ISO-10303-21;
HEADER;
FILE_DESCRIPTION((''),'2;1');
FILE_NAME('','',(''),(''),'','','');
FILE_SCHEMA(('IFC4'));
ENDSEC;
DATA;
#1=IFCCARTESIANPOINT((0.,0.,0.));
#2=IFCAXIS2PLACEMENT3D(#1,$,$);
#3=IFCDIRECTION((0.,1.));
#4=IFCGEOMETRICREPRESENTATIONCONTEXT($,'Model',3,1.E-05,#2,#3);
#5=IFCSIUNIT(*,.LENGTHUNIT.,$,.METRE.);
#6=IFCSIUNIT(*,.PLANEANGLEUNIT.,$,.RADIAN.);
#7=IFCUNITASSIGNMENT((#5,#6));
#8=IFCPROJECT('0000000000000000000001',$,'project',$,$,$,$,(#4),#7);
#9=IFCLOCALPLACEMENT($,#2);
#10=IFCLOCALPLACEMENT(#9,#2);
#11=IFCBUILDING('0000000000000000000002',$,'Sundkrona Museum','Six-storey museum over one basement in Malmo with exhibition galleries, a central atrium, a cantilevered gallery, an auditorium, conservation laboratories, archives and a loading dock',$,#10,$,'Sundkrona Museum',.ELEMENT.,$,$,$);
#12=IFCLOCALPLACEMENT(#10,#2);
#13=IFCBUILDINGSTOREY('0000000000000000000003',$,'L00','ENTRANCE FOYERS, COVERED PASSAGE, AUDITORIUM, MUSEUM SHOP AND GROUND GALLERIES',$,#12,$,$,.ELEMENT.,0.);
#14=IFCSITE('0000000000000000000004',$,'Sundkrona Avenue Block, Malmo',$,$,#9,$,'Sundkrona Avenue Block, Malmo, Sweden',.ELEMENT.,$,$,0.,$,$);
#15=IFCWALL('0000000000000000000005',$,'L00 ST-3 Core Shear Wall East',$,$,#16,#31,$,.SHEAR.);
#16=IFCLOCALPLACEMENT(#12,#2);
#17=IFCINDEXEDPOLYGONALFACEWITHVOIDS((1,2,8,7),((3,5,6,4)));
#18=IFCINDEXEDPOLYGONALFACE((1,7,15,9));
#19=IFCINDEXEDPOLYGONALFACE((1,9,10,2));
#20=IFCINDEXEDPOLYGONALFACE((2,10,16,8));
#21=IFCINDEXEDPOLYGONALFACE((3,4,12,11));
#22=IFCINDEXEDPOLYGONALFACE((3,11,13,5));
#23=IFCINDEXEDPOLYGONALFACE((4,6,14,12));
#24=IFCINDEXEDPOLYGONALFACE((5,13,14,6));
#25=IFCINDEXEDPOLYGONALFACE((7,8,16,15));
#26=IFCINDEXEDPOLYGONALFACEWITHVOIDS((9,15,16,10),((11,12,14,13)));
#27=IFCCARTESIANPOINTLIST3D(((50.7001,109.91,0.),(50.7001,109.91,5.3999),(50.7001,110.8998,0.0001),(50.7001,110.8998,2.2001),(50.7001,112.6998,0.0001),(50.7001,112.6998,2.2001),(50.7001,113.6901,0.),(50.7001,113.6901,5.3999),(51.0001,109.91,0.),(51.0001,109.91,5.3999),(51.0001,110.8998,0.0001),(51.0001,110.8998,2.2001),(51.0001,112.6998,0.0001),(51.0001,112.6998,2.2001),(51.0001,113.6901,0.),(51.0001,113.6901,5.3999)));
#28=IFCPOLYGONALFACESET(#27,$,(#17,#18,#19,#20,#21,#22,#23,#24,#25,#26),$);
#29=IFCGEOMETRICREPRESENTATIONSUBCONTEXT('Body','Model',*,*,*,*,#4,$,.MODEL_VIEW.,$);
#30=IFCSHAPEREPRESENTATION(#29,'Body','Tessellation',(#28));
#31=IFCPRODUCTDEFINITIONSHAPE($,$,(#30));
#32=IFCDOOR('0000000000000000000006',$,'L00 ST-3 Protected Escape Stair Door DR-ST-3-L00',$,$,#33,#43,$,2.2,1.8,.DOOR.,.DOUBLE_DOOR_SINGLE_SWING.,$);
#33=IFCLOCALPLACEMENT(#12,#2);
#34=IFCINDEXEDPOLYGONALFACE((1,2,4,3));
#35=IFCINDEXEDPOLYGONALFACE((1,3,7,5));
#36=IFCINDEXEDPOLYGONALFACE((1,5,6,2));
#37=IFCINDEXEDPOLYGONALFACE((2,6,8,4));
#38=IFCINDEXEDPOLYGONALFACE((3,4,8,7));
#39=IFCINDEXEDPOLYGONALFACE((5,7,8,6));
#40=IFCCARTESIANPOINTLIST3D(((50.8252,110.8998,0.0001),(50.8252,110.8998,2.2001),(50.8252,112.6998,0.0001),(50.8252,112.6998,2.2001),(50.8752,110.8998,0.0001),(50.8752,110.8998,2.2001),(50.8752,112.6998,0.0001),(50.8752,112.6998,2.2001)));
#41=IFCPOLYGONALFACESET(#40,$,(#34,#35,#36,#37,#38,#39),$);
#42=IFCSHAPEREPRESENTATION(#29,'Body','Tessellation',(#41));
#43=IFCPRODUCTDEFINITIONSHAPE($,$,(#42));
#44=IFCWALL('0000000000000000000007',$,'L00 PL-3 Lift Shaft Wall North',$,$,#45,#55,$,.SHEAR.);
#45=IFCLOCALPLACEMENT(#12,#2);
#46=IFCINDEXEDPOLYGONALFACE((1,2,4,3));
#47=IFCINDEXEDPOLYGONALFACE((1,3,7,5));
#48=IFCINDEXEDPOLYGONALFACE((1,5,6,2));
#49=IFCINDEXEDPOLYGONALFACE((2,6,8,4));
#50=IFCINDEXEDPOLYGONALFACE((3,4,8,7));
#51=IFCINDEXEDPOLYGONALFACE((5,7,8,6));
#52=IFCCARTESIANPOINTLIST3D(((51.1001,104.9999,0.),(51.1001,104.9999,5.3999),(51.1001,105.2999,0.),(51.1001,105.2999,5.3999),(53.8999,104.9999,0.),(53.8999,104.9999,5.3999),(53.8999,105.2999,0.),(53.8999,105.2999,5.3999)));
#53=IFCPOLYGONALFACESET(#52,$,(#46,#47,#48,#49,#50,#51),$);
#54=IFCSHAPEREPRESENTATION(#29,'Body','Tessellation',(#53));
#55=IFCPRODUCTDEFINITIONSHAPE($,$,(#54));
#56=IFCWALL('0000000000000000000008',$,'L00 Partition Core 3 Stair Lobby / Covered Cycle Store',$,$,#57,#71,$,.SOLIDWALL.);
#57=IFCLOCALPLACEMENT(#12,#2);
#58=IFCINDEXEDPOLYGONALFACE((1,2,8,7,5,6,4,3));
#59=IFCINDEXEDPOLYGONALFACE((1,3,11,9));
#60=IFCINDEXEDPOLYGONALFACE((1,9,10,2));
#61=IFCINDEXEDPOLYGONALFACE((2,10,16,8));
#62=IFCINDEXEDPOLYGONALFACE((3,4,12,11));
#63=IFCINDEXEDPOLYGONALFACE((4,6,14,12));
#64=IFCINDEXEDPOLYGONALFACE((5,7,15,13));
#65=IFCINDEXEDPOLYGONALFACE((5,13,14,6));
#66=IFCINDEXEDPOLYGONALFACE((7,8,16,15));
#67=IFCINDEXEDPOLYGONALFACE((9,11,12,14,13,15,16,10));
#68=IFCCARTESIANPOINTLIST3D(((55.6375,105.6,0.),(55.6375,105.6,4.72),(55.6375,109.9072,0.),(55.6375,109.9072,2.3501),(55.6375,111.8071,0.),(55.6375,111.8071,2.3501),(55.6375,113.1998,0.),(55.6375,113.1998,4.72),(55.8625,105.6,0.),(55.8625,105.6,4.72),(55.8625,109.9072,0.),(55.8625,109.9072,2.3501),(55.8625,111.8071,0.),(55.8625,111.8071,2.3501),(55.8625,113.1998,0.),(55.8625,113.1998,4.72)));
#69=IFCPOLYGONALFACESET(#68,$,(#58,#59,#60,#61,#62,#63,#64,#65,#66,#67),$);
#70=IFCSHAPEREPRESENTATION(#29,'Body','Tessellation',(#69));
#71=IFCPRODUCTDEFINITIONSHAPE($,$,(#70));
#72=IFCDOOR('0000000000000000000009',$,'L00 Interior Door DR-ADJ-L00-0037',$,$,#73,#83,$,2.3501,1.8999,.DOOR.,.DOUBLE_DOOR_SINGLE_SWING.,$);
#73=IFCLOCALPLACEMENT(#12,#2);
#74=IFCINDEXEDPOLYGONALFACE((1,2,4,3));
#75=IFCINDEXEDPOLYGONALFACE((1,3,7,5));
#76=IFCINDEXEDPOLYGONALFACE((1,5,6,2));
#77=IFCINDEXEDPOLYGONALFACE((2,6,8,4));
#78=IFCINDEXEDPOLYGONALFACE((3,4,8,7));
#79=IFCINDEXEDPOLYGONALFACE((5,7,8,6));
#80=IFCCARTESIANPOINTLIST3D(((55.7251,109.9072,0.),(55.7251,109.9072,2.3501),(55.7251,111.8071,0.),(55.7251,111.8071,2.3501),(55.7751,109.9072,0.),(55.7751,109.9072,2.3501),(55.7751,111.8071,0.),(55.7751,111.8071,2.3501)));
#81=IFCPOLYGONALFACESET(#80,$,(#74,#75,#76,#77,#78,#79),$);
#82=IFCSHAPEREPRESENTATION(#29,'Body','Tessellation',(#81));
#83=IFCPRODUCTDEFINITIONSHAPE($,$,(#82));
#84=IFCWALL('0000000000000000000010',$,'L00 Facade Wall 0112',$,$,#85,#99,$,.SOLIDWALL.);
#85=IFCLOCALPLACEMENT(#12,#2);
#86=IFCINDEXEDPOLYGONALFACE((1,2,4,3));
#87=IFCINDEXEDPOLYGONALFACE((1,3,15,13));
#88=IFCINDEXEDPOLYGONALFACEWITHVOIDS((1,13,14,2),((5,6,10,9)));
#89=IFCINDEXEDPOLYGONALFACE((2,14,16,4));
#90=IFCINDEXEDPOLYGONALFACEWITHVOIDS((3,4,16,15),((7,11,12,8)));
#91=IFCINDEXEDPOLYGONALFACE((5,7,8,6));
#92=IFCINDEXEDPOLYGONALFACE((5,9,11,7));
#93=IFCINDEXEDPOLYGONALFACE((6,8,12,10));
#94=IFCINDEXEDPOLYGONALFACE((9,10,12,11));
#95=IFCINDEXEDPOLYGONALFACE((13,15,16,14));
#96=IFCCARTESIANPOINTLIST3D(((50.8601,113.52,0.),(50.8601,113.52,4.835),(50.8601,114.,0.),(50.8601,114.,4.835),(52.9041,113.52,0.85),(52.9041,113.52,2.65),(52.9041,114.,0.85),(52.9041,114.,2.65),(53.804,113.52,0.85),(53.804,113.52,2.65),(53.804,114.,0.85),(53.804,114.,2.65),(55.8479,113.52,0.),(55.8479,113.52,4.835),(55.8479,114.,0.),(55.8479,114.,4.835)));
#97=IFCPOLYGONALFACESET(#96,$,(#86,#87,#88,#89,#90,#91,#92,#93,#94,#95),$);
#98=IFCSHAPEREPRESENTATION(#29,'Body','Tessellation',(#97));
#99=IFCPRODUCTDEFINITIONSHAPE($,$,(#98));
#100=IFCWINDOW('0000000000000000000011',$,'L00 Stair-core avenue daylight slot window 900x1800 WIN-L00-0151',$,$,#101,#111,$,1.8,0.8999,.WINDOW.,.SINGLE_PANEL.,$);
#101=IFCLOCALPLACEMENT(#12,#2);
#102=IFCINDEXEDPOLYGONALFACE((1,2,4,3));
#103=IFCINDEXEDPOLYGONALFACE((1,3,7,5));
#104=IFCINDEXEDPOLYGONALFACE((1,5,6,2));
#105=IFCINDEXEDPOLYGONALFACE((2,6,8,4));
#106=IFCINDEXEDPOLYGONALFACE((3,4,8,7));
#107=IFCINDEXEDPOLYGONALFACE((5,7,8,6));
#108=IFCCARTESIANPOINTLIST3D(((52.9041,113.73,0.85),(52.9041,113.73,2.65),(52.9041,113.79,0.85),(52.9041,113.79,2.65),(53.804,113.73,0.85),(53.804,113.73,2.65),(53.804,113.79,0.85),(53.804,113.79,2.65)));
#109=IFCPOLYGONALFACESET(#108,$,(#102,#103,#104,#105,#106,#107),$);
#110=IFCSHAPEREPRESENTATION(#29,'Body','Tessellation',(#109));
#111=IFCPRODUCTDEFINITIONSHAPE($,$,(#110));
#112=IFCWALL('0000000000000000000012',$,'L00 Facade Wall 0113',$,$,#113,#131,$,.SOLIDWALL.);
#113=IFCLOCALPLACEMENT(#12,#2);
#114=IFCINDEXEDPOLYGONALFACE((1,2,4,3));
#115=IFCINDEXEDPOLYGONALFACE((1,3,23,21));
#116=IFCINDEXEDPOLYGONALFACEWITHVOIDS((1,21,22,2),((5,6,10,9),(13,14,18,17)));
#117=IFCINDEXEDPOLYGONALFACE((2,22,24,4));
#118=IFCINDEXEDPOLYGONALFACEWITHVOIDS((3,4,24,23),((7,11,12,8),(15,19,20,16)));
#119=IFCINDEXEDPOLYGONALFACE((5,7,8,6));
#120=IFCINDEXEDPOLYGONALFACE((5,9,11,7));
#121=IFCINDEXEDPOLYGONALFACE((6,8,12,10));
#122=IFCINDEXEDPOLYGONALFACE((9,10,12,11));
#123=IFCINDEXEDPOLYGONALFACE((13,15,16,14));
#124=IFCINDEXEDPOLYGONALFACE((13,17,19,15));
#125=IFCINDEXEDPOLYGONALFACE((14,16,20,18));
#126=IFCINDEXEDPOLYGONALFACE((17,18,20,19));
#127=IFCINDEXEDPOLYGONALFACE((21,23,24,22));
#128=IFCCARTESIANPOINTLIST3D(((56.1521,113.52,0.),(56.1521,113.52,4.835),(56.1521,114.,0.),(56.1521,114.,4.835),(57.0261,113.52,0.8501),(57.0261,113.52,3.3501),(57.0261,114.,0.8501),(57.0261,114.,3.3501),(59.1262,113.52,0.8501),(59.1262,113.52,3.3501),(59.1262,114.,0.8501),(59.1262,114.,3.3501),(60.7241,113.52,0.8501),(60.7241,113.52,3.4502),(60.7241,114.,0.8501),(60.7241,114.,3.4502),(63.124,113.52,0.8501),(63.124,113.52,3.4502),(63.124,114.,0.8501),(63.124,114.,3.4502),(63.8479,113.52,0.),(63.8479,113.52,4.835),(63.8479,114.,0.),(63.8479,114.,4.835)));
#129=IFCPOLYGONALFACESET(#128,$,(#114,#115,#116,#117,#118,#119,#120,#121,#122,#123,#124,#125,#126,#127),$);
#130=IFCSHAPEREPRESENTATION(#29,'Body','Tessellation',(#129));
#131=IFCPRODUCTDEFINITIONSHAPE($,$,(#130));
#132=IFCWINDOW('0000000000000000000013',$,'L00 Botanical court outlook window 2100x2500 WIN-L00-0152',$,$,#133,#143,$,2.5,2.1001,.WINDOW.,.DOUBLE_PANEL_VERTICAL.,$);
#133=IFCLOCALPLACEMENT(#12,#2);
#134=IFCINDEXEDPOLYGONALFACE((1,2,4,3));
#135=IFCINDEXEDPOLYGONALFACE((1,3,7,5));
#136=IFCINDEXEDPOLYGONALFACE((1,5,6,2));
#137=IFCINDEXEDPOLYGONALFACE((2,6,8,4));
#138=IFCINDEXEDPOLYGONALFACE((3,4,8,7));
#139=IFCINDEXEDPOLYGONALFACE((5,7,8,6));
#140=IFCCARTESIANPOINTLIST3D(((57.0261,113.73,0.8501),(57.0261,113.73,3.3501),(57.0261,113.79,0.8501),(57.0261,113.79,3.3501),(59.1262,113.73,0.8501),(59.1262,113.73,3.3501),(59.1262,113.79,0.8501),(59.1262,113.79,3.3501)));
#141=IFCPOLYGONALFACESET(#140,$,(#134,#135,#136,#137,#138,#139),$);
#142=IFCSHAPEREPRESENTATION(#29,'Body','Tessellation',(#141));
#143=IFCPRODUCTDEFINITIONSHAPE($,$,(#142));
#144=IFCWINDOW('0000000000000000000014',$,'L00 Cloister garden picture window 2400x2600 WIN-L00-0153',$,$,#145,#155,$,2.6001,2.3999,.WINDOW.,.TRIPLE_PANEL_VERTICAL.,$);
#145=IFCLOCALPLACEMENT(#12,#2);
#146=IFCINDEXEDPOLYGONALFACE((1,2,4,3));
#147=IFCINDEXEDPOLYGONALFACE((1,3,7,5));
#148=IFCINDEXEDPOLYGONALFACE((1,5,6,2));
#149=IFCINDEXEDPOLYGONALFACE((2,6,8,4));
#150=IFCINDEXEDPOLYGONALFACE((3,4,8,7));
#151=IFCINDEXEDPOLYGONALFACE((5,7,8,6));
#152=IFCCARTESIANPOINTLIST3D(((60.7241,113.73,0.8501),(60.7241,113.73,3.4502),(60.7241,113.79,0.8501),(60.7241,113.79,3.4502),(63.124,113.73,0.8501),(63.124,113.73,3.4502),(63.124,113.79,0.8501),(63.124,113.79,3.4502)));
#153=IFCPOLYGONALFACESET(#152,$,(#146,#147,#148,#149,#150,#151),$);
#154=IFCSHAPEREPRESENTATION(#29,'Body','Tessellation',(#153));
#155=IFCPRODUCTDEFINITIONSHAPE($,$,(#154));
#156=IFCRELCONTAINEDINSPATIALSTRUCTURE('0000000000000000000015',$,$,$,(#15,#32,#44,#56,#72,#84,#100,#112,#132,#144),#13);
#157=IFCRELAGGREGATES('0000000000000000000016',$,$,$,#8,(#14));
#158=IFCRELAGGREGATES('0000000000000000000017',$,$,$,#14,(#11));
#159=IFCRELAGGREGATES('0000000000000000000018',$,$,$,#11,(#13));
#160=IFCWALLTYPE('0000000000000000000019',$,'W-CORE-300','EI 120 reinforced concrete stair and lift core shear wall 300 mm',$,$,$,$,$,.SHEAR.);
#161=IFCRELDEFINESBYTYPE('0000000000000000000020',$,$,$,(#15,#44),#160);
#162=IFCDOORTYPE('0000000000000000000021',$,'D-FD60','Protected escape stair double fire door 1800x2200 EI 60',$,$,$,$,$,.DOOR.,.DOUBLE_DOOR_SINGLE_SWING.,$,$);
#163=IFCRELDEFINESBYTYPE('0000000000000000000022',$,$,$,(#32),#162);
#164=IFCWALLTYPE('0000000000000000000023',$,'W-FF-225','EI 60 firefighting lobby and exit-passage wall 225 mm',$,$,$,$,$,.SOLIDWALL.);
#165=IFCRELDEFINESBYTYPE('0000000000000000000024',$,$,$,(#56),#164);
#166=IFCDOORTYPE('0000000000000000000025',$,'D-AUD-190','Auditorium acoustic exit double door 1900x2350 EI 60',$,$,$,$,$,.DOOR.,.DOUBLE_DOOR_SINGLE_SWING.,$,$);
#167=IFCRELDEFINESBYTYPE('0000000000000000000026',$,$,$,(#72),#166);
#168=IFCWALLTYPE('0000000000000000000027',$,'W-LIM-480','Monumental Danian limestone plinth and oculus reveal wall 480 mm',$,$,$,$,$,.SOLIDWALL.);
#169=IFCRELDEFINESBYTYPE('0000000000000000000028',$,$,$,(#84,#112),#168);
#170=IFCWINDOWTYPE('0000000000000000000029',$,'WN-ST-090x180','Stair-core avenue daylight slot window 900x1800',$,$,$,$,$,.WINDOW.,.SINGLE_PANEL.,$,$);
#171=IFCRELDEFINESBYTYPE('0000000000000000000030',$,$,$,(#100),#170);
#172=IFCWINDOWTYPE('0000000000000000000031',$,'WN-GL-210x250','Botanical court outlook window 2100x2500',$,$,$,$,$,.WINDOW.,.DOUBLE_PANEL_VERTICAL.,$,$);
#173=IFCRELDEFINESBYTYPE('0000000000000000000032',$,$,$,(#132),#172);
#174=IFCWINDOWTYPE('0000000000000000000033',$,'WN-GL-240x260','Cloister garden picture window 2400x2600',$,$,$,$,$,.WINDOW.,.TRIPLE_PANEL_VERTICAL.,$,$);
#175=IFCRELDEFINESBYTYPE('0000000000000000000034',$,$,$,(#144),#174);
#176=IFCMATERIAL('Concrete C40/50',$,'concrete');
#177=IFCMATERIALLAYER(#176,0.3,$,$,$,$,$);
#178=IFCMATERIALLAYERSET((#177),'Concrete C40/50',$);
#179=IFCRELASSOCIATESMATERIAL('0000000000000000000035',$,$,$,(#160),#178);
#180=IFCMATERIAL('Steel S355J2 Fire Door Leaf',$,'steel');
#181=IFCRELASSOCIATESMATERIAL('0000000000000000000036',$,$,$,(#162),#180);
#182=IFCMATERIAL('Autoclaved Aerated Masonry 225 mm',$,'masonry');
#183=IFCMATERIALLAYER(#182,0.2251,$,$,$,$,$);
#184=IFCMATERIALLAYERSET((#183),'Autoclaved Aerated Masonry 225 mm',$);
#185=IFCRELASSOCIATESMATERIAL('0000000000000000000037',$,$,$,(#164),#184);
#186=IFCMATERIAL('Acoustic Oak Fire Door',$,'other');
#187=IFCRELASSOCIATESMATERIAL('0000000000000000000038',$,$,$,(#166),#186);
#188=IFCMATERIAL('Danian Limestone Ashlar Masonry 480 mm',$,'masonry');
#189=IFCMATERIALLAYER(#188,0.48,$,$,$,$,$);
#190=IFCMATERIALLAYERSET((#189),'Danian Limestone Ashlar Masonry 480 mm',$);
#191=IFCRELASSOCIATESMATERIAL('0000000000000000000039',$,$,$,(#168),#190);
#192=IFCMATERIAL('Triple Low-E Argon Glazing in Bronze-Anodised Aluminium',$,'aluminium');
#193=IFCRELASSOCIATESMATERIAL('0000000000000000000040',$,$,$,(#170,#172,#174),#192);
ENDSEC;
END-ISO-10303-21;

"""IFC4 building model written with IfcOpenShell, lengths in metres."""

from ifc_helpers import new_model, si_unit, direction, frame, frame_2d, origin, place, context, subcontext, project, spatial, rectangle, extrude, material, layer, layer_set, type_object, element, fill, save


model = new_model("IFC4")

# Units and contexts
model_context = context("Model", 3, precision=1e-05, world=origin(), true_north=direction((0.0, 1.0)))
body_context = subcontext(model_context, "Body", "Model", "MODEL_VIEW")
ifc_project = project(units=[si_unit("LENGTHUNIT", "METRE"), si_unit("PLANEANGLEUNIT", "RADIAN")], contexts=[model_context])

# Site, building, storey
site_placement = place(None, origin())
site = spatial("IfcSite", under=ifc_project, at=site_placement, Name="Sundkrona Avenue Block, Malmo", LongName="Sundkrona Avenue Block, Malmo, Sweden", CompositionType="ELEMENT", RefElevation=0.0)
building_placement = place(site_placement, origin())
building = spatial("IfcBuilding", under=site, at=building_placement, Name="Sundkrona Museum", Description="Six-storey museum over one basement in Malmo with exhibition galleries, a central atrium, a cantilevered gallery, an auditorium, conservation laboratories, archives and a loading dock", LongName="Sundkrona Museum", CompositionType="ELEMENT")
storey_placement = place(building_placement, origin())
storey = spatial("IfcBuildingStorey", under=building, at=storey_placement, Name="L00", Description="ENTRANCE FOYERS, COVERED PASSAGE, AUDITORIUM, MUSEUM SHOP AND GROUND GALLERIES", CompositionType="ELEMENT", Elevation=0.0)

# Wall, opening, door
ifc_material_1 = material(Name="Concrete C40/50", Category="concrete")
ifc_layer_1 = layer(ifc_material_1, 0.3)
ifc_layer_set_1 = layer_set([ifc_layer_1], Name="Concrete C40/50")
wall_type_1 = type_object("IfcWallType", Name="W-CORE-300", Description="EI 120 reinforced concrete stair and lift core shear wall 300 mm", PredefinedType="SHEAR", material=ifc_layer_set_1)
wall_1_placement = place(storey_placement, frame((50.8501, 109.9099, 0.0), z_axis=(0.0, 0.0, 1.0), x_axis=(0.0, 1.0, 0.0)))
wall_1 = element("IfcWall", 1, at=wall_1_placement, inside=storey, type_object=wall_type_1, Name="L00 ST-3 Core Shear Wall East", PredefinedType="SHEAR", context=body_context, shape_type="SweptSolid", body=[
    extrude(rectangle(XDim=3.78, YDim=0.3, at=frame_2d((1.8901, 0.0))), origin(), (0.0, 0.0, 1.0), 5.3999),
])
opening_1_placement = place(wall_1_placement, frame((0.99, 0.0, 0.0)))
opening_1 = element("IfcOpeningElement", 2, at=opening_1_placement, cuts=wall_1, PredefinedType="OPENING", context=body_context, shape_type="SweptSolid", body=[
    extrude(rectangle(XDim=1.8, YDim=2.2, at=frame_2d((0.8999, 1.1001))), frame((0.0, 0.1599, 0.0), z_axis=(0.0, -1.0, 0.0), x_axis=(1.0, 0.0, 0.0)), (0.0, 0.0, 1.0), 0.3201),
])
ifc_material_2 = material(Name="Steel S355J2 Fire Door Leaf", Category="steel")
door_type_1 = type_object("IfcDoorType", Name="D-FD60", Description="Protected escape stair double fire door 1800x2200 EI 60", OperationType="DOUBLE_DOOR_SINGLE_SWING", PredefinedType="DOOR", material=ifc_material_2)
door_1_placement = place(opening_1_placement, origin())
door_1 = element("IfcDoor", 3, at=door_1_placement, inside=storey, type_object=door_type_1, Name="L00 ST-3 Protected Escape Stair Door DR-ST-3-L00", OperationType="DOUBLE_DOOR_SINGLE_SWING", OverallHeight=2.2, OverallWidth=1.8, PredefinedType="DOOR", context=body_context, shape_type="SweptSolid", body=[
    extrude(rectangle(XDim=1.8, YDim=2.2, at=frame_2d((0.8999, 1.1001))), frame((0.0, 0.0249, 0.0), z_axis=(0.0, -1.0, 0.0), x_axis=(1.0, 0.0, 0.0)), (0.0, 0.0, 1.0), 0.05),
])
fill(opening_1, door_1)

# Wall
wall_2_placement = place(storey_placement, frame((51.1001, 105.1499, 0.0), z_axis=(0.0, 0.0, 1.0), x_axis=(1.0, 0.0, 0.0)))
element("IfcWall", 4, at=wall_2_placement, inside=storey, type_object=wall_type_1, Name="L00 PL-3 Lift Shaft Wall North", PredefinedType="SHEAR", context=body_context, shape_type="SweptSolid", body=[
    extrude(rectangle(XDim=2.7998, YDim=0.3, at=frame_2d((1.3999, 0.0))), origin(), (0.0, 0.0, 1.0), 5.3999),
])

# Wall, opening, door
ifc_material_3 = material(Name="Autoclaved Aerated Masonry 225 mm", Category="masonry")
ifc_layer_2 = layer(ifc_material_3, 0.2251)
ifc_layer_set_2 = layer_set([ifc_layer_2], Name="Autoclaved Aerated Masonry 225 mm")
wall_type_2 = type_object("IfcWallType", Name="W-FF-225", Description="EI 60 firefighting lobby and exit-passage wall 225 mm", PredefinedType="SOLIDWALL", material=ifc_layer_set_2)
wall_3_placement = place(storey_placement, frame((55.75, 105.6001, 0.0), z_axis=(0.0, 0.0, 1.0), x_axis=(0.0, 1.0, 0.0)))
wall_3 = element("IfcWall", 5, at=wall_3_placement, inside=storey, type_object=wall_type_2, Name="L00 Partition Core 3 Stair Lobby / Covered Cycle Store", PredefinedType="SOLIDWALL", context=body_context, shape_type="SweptSolid", body=[
    extrude(rectangle(XDim=7.5999, YDim=0.2251, at=frame_2d((3.7998, 0.0))), origin(), (0.0, 0.0, 1.0), 4.72),
])
opening_2_placement = place(wall_3_placement, frame((4.3071, 0.0, 0.0)))
opening_2 = element("IfcOpeningElement", 6, at=opening_2_placement, cuts=wall_3, PredefinedType="OPENING", context=body_context, shape_type="SweptSolid", body=[
    extrude(rectangle(XDim=1.8999, YDim=2.3501, at=frame_2d((0.95, 1.175))), frame((0.0, 0.1226, 0.0), z_axis=(0.0, -1.0, 0.0), x_axis=(1.0, 0.0, 0.0)), (0.0, 0.0, 1.0), 0.2451),
])
ifc_material_4 = material(Name="Acoustic Oak Fire Door", Category="other")
door_type_2 = type_object("IfcDoorType", Name="D-AUD-190", Description="Auditorium acoustic exit double door 1900x2350 EI 60", OperationType="DOUBLE_DOOR_SINGLE_SWING", PredefinedType="DOOR", material=ifc_material_4)
door_2_placement = place(opening_2_placement, origin())
door_2 = element("IfcDoor", 7, at=door_2_placement, inside=storey, type_object=door_type_2, Name="L00 Interior Door DR-ADJ-L00-0037", OperationType="DOUBLE_DOOR_SINGLE_SWING", OverallHeight=2.3501, OverallWidth=1.8999, PredefinedType="DOOR", context=body_context, shape_type="SweptSolid", body=[
    extrude(rectangle(XDim=1.8999, YDim=2.3501, at=frame_2d((0.95, 1.175))), frame((0.0, 0.0249, 0.0), z_axis=(0.0, -1.0, 0.0), x_axis=(1.0, 0.0, 0.0)), (0.0, 0.0, 1.0), 0.05),
])
fill(opening_2, door_2)

# Wall, opening, window
ifc_material_5 = material(Name="Danian Limestone Ashlar Masonry 480 mm", Category="masonry")
ifc_layer_3 = layer(ifc_material_5, 0.48)
ifc_layer_set_3 = layer_set([ifc_layer_3], Name="Danian Limestone Ashlar Masonry 480 mm")
wall_type_3 = type_object("IfcWallType", Name="W-LIM-480", Description="Monumental Danian limestone plinth and oculus reveal wall 480 mm", PredefinedType="SOLIDWALL", material=ifc_layer_set_3)
wall_4_placement = place(storey_placement, frame((50.8601, 113.76, 0.0), z_axis=(0.0, 0.0, 1.0), x_axis=(1.0, 0.0, 0.0)))
wall_4 = element("IfcWall", 8, at=wall_4_placement, inside=storey, type_object=wall_type_3, Name="L00 Facade Wall 0112", PredefinedType="SOLIDWALL", context=body_context, shape_type="SweptSolid", body=[
    extrude(rectangle(XDim=4.9878, YDim=0.48, at=frame_2d((2.4939, 0.0))), origin(), (0.0, 0.0, 1.0), 4.835),
])
opening_3_placement = place(wall_4_placement, frame((2.0439, 0.0, 0.8501)))
opening_3 = element("IfcOpeningElement", 9, at=opening_3_placement, cuts=wall_4, PredefinedType="OPENING", context=body_context, shape_type="SweptSolid", body=[
    extrude(rectangle(XDim=0.8999, YDim=1.8, at=frame_2d((0.45, 0.8999))), frame((0.0, 0.25, 0.0), z_axis=(0.0, -1.0, 0.0), x_axis=(1.0, 0.0, 0.0)), (0.0, 0.0, 1.0), 0.5),
])
ifc_material_6 = material(Name="Triple Low-E Argon Glazing in Bronze-Anodised Aluminium", Category="aluminium")
window_type_1 = type_object("IfcWindowType", Name="WN-ST-090x180", Description="Stair-core avenue daylight slot window 900x1800", PartitioningType="SINGLE_PANEL", PredefinedType="WINDOW", material=ifc_material_6)
window_1_placement = place(opening_3_placement, origin())
window_1 = element("IfcWindow", 10, at=window_1_placement, inside=storey, type_object=window_type_1, Name="L00 Stair-core avenue daylight slot window 900x1800 WIN-L00-0151", OverallHeight=1.8, OverallWidth=0.8999, PartitioningType="SINGLE_PANEL", PredefinedType="WINDOW", context=body_context, shape_type="SweptSolid", body=[
    extrude(rectangle(XDim=0.8999, YDim=1.8, at=frame_2d((0.45, 0.8999))), frame((0.0, 0.03, 0.0), z_axis=(0.0, -1.0, 0.0), x_axis=(1.0, 0.0, 0.0)), (0.0, 0.0, 1.0), 0.0601),
])
fill(opening_3, window_1)

# Wall, openings, windows
wall_5_placement = place(storey_placement, frame((56.1521, 113.76, 0.0), z_axis=(0.0, 0.0, 1.0), x_axis=(1.0, 0.0, 0.0)))
wall_5 = element("IfcWall", 11, at=wall_5_placement, inside=storey, type_object=wall_type_3, Name="L00 Facade Wall 0113", PredefinedType="SOLIDWALL", context=body_context, shape_type="SweptSolid", body=[
    extrude(rectangle(XDim=7.6958, YDim=0.48, at=frame_2d((3.8479, 0.0))), origin(), (0.0, 0.0, 1.0), 4.835),
])
opening_4_placement = place(wall_5_placement, frame((0.874, 0.0, 0.8501)))
opening_4 = element("IfcOpeningElement", 12, at=opening_4_placement, cuts=wall_5, PredefinedType="OPENING", context=body_context, shape_type="SweptSolid", body=[
    extrude(rectangle(XDim=2.1001, YDim=2.5, at=frame_2d((1.05, 1.25))), frame((0.0, 0.25, 0.0), z_axis=(0.0, -1.0, 0.0), x_axis=(1.0, 0.0, 0.0)), (0.0, 0.0, 1.0), 0.5),
])
opening_5_placement = place(wall_5_placement, frame((4.572, 0.0, 0.8501)))
opening_5 = element("IfcOpeningElement", 13, at=opening_5_placement, cuts=wall_5, PredefinedType="OPENING", context=body_context, shape_type="SweptSolid", body=[
    extrude(rectangle(XDim=2.3999, YDim=2.6001, at=frame_2d((1.2, 1.3))), frame((0.0, 0.25, 0.0), z_axis=(0.0, -1.0, 0.0), x_axis=(1.0, 0.0, 0.0)), (0.0, 0.0, 1.0), 0.5),
])
window_type_2 = type_object("IfcWindowType", Name="WN-GL-210x250", Description="Botanical court outlook window 2100x2500", PartitioningType="DOUBLE_PANEL_VERTICAL", PredefinedType="WINDOW", material=ifc_material_6)
window_2_placement = place(opening_4_placement, origin())
window_2 = element("IfcWindow", 14, at=window_2_placement, inside=storey, type_object=window_type_2, Name="L00 Botanical court outlook window 2100x2500 WIN-L00-0152", OverallHeight=2.5, OverallWidth=2.1001, PartitioningType="DOUBLE_PANEL_VERTICAL", PredefinedType="WINDOW", context=body_context, shape_type="SweptSolid", body=[
    extrude(rectangle(XDim=2.1001, YDim=2.5, at=frame_2d((1.05, 1.25))), frame((0.0, 0.03, 0.0), z_axis=(0.0, -1.0, 0.0), x_axis=(1.0, 0.0, 0.0)), (0.0, 0.0, 1.0), 0.0601),
])
fill(opening_4, window_2)
window_type_3 = type_object("IfcWindowType", Name="WN-GL-240x260", Description="Cloister garden picture window 2400x2600", PartitioningType="TRIPLE_PANEL_VERTICAL", PredefinedType="WINDOW", material=ifc_material_6)
window_3_placement = place(opening_5_placement, origin())
window_3 = element("IfcWindow", 15, at=window_3_placement, inside=storey, type_object=window_type_3, Name="L00 Cloister garden picture window 2400x2600 WIN-L00-0153", OverallHeight=2.6001, OverallWidth=2.3999, PartitioningType="TRIPLE_PANEL_VERTICAL", PredefinedType="WINDOW", context=body_context, shape_type="SweptSolid", body=[
    extrude(rectangle(XDim=2.3999, YDim=2.6001, at=frame_2d((1.2, 1.3))), frame((0.0, 0.03, 0.0), z_axis=(0.0, -1.0, 0.0), x_axis=(1.0, 0.0, 0.0)), (0.0, 0.0, 1.0), 0.0601),
])
fill(opening_5, window_3)

save(model, "model.ifc")
